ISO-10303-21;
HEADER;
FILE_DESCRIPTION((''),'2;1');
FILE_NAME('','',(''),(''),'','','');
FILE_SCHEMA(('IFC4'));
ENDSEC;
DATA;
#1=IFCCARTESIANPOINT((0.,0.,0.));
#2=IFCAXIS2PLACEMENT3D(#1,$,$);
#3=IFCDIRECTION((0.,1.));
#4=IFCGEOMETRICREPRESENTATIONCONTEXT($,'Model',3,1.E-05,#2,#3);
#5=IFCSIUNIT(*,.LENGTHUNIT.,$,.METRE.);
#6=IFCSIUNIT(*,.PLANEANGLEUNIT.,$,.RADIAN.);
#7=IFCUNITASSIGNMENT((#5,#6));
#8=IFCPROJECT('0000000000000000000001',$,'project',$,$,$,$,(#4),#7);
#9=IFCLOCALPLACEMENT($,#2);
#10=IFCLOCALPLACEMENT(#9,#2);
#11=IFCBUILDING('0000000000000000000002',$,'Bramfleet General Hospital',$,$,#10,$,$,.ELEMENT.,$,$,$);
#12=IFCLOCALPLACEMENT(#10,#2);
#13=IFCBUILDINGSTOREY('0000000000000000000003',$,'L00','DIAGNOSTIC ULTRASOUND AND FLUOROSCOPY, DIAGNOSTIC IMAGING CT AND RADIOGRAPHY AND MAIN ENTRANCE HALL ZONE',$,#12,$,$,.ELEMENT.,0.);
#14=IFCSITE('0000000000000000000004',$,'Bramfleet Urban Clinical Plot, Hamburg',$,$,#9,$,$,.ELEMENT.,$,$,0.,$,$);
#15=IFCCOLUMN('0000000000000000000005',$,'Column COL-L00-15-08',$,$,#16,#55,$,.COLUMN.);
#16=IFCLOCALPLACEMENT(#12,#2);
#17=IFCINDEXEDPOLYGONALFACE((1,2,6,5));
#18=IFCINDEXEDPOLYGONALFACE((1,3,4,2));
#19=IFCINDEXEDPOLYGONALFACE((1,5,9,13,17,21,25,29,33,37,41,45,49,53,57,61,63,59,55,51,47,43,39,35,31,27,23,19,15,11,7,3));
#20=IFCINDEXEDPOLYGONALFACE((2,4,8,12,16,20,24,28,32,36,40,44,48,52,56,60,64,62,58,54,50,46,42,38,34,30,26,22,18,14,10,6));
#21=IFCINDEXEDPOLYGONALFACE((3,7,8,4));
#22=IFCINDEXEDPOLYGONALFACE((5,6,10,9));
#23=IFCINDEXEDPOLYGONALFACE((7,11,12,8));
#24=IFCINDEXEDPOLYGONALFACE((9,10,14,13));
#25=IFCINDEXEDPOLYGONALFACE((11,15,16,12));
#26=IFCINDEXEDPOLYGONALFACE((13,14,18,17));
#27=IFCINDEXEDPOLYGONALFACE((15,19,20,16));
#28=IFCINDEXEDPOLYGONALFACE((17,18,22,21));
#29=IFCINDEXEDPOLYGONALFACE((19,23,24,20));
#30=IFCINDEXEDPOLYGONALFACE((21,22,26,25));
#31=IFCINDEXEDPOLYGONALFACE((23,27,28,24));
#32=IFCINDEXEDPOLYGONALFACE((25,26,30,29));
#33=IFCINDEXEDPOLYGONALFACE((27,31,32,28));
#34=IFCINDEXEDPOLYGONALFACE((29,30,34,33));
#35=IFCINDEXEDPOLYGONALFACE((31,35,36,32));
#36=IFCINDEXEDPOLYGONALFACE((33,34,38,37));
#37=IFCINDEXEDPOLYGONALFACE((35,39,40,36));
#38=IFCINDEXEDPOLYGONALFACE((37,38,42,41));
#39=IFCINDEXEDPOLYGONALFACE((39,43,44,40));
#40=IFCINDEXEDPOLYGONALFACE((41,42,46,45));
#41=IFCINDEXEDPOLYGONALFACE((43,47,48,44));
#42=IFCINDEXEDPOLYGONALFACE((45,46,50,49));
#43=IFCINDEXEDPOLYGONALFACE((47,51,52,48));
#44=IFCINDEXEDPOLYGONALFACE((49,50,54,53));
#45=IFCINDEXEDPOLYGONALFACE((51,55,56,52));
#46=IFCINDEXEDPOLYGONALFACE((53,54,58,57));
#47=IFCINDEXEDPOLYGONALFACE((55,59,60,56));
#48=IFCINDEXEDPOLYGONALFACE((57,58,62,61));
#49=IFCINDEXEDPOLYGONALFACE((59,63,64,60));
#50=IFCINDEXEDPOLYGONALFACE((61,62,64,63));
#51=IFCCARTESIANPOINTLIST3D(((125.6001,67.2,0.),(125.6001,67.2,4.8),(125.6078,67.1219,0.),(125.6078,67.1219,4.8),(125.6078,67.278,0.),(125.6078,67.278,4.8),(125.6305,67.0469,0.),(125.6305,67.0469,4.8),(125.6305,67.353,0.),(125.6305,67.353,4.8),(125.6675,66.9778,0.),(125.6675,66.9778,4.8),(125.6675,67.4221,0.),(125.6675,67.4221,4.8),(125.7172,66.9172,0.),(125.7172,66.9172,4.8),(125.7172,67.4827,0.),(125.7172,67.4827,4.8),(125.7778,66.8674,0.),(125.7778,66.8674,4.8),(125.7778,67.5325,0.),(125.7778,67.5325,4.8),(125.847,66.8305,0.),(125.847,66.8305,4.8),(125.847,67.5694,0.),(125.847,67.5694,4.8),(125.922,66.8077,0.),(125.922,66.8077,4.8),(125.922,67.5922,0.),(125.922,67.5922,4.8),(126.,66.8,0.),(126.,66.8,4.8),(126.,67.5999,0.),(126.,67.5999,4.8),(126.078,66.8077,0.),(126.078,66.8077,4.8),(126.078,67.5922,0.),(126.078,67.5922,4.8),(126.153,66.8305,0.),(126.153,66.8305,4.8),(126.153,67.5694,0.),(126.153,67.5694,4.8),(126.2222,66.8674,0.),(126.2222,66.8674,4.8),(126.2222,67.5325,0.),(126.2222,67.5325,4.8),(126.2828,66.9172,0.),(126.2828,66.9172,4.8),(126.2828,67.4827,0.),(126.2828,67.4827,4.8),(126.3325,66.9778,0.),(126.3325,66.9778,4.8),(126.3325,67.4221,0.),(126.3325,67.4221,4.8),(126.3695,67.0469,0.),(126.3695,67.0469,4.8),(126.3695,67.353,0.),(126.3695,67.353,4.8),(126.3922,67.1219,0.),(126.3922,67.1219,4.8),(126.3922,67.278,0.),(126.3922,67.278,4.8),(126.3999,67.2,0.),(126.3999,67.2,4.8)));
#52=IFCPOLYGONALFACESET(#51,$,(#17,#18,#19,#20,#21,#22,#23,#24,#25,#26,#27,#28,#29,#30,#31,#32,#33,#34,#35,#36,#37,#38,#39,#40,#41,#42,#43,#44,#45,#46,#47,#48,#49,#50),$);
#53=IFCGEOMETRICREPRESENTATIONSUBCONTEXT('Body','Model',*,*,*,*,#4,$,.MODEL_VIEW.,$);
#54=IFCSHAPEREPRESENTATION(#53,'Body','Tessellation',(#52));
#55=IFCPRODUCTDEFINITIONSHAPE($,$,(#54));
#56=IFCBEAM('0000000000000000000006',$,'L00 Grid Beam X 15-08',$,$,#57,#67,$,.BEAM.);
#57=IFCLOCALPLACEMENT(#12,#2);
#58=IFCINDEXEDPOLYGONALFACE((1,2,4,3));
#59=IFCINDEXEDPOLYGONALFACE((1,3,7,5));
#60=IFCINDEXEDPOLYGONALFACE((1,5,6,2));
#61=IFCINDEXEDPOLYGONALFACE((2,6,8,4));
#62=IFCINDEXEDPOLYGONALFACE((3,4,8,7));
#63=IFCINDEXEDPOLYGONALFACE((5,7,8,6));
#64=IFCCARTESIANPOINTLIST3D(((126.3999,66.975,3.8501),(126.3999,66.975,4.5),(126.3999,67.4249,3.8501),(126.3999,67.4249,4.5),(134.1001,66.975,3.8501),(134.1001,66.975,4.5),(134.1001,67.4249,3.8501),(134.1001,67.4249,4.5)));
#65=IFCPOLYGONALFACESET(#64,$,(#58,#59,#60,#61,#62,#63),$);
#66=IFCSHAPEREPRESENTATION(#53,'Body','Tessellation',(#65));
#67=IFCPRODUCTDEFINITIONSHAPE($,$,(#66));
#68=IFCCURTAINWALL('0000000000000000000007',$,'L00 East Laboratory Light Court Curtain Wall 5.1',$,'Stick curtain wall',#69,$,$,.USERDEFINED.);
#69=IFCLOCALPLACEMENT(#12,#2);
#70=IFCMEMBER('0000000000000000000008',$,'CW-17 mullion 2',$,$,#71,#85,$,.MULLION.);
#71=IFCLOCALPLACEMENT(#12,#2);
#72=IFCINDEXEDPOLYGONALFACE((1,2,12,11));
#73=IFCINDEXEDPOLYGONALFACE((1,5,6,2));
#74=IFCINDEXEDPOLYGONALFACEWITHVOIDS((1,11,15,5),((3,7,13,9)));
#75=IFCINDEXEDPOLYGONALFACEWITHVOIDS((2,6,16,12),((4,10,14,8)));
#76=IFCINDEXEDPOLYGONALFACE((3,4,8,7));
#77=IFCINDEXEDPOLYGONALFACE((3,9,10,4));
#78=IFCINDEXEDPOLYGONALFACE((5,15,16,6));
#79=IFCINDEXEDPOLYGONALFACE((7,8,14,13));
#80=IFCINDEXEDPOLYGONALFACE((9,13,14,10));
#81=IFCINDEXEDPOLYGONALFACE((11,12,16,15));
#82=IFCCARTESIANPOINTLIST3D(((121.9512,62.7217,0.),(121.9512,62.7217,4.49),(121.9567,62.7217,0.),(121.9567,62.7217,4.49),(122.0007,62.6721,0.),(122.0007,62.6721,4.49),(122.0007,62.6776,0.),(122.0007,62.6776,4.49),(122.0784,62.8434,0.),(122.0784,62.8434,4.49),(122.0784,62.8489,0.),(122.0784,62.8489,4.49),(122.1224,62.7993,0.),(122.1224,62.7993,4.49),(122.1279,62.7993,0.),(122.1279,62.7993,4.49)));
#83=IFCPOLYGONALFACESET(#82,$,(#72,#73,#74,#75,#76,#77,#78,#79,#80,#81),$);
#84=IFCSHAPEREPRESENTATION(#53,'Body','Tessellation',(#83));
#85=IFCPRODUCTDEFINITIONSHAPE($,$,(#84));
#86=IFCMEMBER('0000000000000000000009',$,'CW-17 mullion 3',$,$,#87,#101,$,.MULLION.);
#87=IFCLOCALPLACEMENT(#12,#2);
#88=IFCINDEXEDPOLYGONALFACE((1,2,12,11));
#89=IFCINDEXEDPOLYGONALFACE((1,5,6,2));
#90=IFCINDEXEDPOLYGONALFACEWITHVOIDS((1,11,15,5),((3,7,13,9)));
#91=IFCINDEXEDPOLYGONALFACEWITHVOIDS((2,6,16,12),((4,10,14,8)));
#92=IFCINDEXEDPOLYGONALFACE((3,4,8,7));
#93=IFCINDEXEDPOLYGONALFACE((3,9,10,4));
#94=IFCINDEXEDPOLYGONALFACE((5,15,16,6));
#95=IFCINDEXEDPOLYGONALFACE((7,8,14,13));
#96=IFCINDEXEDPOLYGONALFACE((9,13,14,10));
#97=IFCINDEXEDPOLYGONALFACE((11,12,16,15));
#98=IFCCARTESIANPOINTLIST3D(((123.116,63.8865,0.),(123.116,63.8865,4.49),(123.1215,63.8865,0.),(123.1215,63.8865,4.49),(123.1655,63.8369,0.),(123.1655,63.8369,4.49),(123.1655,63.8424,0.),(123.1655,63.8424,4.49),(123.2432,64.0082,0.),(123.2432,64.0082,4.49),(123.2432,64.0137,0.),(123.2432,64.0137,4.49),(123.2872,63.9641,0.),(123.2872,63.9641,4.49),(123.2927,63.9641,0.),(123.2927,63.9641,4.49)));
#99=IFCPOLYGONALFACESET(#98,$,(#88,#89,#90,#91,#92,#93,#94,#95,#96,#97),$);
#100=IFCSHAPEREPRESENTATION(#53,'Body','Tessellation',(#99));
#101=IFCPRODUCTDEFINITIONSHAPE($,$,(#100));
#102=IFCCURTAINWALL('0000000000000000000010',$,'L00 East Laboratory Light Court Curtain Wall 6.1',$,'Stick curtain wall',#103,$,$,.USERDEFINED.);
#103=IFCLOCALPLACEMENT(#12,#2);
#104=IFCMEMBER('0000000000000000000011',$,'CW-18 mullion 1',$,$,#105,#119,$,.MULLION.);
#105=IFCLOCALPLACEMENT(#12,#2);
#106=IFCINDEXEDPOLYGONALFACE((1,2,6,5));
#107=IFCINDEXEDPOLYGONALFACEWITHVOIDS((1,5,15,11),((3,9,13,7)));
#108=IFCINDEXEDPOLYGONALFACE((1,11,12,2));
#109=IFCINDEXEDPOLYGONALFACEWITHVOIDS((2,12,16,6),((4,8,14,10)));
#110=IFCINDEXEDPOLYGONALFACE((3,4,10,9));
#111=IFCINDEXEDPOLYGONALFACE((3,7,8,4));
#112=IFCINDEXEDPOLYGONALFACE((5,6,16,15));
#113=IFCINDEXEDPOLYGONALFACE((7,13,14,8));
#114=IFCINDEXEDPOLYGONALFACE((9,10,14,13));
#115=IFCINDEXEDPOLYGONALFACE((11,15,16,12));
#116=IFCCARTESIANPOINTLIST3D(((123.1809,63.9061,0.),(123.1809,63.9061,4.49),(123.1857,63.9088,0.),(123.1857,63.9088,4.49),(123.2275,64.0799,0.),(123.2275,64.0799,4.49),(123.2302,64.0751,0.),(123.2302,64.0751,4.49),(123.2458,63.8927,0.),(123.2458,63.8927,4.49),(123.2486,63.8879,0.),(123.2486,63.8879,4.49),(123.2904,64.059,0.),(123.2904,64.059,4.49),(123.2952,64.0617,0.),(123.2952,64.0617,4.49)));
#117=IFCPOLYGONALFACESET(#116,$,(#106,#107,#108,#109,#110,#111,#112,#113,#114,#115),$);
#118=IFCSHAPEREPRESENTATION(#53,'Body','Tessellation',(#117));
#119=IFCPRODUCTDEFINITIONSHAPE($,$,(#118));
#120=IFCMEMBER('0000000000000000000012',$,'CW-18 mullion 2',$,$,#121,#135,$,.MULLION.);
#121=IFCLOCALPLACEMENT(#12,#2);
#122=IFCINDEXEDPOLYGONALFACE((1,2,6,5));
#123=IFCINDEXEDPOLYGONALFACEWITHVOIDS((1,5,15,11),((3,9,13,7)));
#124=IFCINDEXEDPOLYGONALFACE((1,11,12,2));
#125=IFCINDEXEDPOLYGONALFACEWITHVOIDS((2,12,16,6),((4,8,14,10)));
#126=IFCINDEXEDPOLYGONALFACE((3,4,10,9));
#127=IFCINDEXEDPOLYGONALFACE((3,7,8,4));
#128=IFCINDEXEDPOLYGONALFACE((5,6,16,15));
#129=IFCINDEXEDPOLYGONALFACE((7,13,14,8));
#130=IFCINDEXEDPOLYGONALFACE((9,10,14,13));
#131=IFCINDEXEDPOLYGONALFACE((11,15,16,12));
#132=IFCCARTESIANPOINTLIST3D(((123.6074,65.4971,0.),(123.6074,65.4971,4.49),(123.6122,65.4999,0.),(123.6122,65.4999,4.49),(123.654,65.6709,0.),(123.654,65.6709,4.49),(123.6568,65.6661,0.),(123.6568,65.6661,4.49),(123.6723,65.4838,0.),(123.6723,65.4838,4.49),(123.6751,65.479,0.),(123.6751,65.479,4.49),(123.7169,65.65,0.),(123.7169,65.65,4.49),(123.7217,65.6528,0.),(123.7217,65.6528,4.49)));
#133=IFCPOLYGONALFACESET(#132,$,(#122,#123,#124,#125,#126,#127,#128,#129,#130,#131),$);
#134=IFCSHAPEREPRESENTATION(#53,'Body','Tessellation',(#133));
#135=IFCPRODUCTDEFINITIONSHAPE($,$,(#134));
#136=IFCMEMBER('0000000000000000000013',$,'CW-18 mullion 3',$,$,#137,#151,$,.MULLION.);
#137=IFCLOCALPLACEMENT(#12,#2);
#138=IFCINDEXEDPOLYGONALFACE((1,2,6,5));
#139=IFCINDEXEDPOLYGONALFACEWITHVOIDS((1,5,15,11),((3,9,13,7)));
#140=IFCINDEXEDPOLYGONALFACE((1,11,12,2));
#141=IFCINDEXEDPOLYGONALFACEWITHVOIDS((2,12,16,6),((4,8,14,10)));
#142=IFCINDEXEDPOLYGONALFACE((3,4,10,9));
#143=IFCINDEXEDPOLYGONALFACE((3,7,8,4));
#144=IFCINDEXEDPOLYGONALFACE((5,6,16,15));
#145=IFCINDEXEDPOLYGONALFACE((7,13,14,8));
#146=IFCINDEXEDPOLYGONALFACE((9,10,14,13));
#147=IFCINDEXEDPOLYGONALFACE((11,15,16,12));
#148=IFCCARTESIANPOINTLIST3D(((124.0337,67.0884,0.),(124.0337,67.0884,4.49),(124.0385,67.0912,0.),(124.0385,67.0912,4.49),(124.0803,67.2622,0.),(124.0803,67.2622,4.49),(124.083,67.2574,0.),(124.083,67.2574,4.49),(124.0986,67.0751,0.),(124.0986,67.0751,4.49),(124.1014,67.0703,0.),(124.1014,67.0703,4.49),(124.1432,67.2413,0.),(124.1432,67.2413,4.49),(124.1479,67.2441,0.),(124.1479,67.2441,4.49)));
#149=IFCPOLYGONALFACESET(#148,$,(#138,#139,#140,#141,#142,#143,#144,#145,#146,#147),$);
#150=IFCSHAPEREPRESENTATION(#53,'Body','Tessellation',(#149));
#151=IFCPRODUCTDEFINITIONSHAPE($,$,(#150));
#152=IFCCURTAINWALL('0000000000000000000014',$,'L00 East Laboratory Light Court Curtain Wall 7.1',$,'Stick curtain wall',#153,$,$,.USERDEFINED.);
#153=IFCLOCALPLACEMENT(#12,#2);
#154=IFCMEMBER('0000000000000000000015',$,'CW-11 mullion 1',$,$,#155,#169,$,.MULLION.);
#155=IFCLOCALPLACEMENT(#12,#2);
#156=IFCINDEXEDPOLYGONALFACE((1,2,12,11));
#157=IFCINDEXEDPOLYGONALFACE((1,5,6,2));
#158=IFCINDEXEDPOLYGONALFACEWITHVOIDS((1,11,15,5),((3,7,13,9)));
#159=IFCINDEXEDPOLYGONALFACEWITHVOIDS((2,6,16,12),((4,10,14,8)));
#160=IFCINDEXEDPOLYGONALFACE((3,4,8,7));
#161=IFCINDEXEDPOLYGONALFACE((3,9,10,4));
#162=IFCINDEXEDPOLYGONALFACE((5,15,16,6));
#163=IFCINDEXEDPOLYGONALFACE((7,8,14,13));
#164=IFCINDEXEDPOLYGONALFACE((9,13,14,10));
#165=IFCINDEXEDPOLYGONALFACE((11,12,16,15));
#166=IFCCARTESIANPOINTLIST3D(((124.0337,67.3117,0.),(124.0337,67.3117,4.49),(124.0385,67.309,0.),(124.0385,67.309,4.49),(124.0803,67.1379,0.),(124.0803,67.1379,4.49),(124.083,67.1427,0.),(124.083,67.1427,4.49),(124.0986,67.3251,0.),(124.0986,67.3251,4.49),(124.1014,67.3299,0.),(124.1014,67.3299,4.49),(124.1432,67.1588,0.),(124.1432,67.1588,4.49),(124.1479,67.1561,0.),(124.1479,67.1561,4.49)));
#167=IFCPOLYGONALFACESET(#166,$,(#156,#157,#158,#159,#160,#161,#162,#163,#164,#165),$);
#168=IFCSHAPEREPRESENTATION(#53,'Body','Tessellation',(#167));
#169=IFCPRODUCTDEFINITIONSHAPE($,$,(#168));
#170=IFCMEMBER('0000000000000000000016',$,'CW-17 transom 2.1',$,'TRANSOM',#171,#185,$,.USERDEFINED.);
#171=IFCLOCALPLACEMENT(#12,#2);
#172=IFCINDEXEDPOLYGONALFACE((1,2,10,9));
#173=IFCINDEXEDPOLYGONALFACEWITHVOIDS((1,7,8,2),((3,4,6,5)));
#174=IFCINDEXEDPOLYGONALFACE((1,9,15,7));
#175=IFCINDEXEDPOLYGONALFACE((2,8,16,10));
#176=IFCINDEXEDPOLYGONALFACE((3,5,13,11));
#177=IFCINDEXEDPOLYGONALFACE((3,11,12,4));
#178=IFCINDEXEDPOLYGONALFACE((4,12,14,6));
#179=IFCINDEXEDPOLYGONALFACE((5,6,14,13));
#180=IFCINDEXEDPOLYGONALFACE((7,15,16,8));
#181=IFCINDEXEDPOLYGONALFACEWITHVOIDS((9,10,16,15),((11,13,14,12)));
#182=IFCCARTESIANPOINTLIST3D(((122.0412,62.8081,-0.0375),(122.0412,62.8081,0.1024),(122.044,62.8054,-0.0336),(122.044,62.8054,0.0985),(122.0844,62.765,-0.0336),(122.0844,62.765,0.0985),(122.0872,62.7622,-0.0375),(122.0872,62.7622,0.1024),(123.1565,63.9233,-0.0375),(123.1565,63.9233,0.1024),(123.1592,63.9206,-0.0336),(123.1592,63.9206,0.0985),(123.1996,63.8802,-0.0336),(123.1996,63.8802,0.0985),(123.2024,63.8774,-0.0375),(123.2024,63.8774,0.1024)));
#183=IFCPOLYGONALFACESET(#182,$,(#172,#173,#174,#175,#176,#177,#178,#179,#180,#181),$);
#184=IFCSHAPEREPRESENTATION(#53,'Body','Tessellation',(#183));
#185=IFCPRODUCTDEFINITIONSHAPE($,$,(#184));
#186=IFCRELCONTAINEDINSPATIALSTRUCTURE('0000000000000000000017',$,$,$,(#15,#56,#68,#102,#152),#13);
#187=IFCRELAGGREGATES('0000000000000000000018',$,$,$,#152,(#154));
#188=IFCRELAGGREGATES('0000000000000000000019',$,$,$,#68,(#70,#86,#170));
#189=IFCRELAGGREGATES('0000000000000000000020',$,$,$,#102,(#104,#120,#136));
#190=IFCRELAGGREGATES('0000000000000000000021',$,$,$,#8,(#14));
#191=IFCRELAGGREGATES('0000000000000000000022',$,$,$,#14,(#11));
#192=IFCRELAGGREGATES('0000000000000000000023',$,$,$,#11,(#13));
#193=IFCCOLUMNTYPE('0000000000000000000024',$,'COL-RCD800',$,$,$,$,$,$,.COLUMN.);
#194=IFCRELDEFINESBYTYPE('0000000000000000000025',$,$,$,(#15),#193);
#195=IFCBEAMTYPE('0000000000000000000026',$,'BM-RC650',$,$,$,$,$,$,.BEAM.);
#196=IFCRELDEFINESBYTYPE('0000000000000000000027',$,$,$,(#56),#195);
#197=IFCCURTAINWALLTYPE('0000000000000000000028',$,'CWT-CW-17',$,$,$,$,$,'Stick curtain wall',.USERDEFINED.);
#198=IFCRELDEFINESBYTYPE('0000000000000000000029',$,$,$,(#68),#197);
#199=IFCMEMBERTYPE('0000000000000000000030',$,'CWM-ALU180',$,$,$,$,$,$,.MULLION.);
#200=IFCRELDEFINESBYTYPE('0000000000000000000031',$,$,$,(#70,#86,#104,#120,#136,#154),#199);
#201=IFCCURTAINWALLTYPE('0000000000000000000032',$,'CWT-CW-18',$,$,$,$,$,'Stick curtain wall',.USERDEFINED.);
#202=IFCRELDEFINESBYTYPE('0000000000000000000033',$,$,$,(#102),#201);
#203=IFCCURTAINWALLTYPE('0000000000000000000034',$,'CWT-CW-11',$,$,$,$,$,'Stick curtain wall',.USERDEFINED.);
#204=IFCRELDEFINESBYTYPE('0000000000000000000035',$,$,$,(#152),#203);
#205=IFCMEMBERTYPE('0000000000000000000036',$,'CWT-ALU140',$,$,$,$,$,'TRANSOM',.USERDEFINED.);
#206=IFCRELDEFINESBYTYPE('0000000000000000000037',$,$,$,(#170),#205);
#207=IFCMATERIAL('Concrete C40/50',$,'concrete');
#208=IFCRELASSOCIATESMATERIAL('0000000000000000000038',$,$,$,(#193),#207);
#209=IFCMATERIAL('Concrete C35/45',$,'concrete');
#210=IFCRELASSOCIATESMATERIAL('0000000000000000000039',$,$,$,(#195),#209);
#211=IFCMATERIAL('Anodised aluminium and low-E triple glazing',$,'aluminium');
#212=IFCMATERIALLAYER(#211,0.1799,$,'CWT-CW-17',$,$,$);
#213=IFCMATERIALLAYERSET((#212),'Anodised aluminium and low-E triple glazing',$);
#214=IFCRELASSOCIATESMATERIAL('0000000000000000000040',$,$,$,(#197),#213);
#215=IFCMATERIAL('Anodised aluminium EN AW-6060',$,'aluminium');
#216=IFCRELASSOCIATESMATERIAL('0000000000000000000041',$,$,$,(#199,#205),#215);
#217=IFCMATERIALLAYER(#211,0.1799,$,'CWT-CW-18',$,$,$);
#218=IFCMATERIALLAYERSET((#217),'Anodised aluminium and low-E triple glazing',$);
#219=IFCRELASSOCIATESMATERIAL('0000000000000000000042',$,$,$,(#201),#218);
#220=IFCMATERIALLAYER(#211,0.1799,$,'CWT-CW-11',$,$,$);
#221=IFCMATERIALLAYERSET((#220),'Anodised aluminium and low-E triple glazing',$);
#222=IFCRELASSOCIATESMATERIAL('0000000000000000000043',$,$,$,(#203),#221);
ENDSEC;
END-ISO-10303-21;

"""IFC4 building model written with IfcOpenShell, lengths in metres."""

from ifc_helpers import new_model, si_unit, direction, frame, origin, origin_2d, place, context, subcontext, project, spatial, rectangle, hollow_rectangle, circle, extrude, material, layer, layer_set, material_profile, profile_set, type_object, element, aggregate, save


model = new_model("IFC4")

# Units and contexts
model_context = context("Model", 3, precision=1e-05, world=origin(), true_north=direction((0.0, 1.0)))
body_context = subcontext(model_context, "Body", "Model", "MODEL_VIEW")
ifc_project = project(units=[si_unit("LENGTHUNIT", "METRE"), si_unit("PLANEANGLEUNIT", "RADIAN")], contexts=[model_context])

# Site, building, storey
site_placement = place(None, origin())
site = spatial("IfcSite", under=ifc_project, at=site_placement, Name="Bramfleet Urban Clinical Plot, Hamburg", CompositionType="ELEMENT", RefElevation=0.0)
building_placement = place(site_placement, origin())
building = spatial("IfcBuilding", under=site, at=building_placement, Name="Bramfleet General Hospital", CompositionType="ELEMENT")
storey_placement = place(building_placement, origin())
storey = spatial("IfcBuildingStorey", under=building, at=storey_placement, Name="L00", Description="DIAGNOSTIC ULTRASOUND AND FLUOROSCOPY, DIAGNOSTIC IMAGING CT AND RADIOGRAPHY AND MAIN ENTRANCE HALL ZONE", CompositionType="ELEMENT", Elevation=0.0)

# Column
ifc_material_1 = material(Name="Concrete C40/50", Category="concrete")
ifc_material_profile_1 = material_profile(ifc_material_1, circle(Radius=0.3999, at=origin_2d()), Name="RC ROUND D800")
ifc_profile_set_1 = profile_set([ifc_material_profile_1], Name="Concrete C40/50")
column_type = type_object("IfcColumnType", Name="COL-RCD800", PredefinedType="COLUMN", material=ifc_profile_set_1)
column_placement = place(storey_placement, frame((126.0, 67.2, 0.0), z_axis=(0.0, 0.0, 1.0), x_axis=(1.0, 0.0, 0.0)))
element("IfcColumn", 1, at=column_placement, inside=storey, type_object=column_type, Name="Column COL-L00-15-08", PredefinedType="COLUMN", context=body_context, shape_type="SweptSolid", body=[
    extrude(circle(Radius=0.3999, at=origin_2d()), origin(), (0.0, 0.0, 1.0), 4.8),
])

# Beam
ifc_material_2 = material(Name="Concrete C35/45", Category="concrete")
ifc_material_profile_2 = material_profile(ifc_material_2, rectangle(XDim=0.45, YDim=0.6499, at=origin_2d()), Name="RC BM 650x450")
ifc_profile_set_2 = profile_set([ifc_material_profile_2], Name="Concrete C35/45")
beam_type = type_object("IfcBeamType", Name="BM-RC650", PredefinedType="BEAM", material=ifc_profile_set_2)
beam_placement = place(storey_placement, frame((126.3999, 67.2, 4.175), z_axis=(1.0, 0.0, 0.0), x_axis=(0.0, 1.0, 0.0)))
element("IfcBeam", 2, at=beam_placement, inside=storey, type_object=beam_type, Name="L00 Grid Beam X 15-08", PredefinedType="BEAM", context=body_context, shape_type="SweptSolid", body=[
    extrude(rectangle(XDim=0.45, YDim=0.6499, at=origin_2d()), origin(), (0.0, 0.0, 1.0), 7.7002),
])

# Curtain walls, members
ifc_material_3 = material(Name="Anodised aluminium and low-E triple glazing", Category="aluminium")
ifc_layer_1 = layer(ifc_material_3, 0.1799, Name="CWT-CW-17")
ifc_layer_set_1 = layer_set([ifc_layer_1], Name="Anodised aluminium and low-E triple glazing")
curtain_wall_type_1 = type_object("IfcCurtainWallType", Name="CWT-CW-17", ElementType="Stick curtain wall", PredefinedType="USERDEFINED", material=ifc_layer_set_1)
curtain_wall_1_placement = place(storey_placement, origin())
curtain_wall_1 = element("IfcCurtainWall", 3, at=curtain_wall_1_placement, inside=storey, type_object=curtain_wall_type_1, Name="L00 East Laboratory Light Court Curtain Wall 5.1", ObjectType="Stick curtain wall", PredefinedType="USERDEFINED")
ifc_material_4 = material(Name="Anodised aluminium EN AW-6060", Category="aluminium")
ifc_material_profile_3 = material_profile(ifc_material_4, hollow_rectangle(XDim=0.0701, YDim=0.1799, WallThickness=0.0039, at=origin_2d()), Name="ALU 180x70x4.0")
ifc_profile_set_3 = profile_set([ifc_material_profile_3], Name="Anodised aluminium EN AW-6060")
member_type_1 = type_object("IfcMemberType", Name="CWM-ALU180", PredefinedType="MULLION", material=ifc_profile_set_3)
member_1_placement = place(storey_placement, frame((122.0396, 62.7605, 0.0), z_axis=(0.0, 0.0, 1.0), x_axis=(-0.707107, 0.707107, 0.0)))
member_1 = element("IfcMember", 4, at=member_1_placement, type_object=member_type_1, Name="CW-17 mullion 2", PredefinedType="MULLION", context=body_context, shape_type="SweptSolid", body=[
    extrude(hollow_rectangle(XDim=0.0701, YDim=0.1799, WallThickness=0.0039, at=origin_2d()), origin(), (0.0, 0.0, 1.0), 4.49),
])
member_2_placement = place(storey_placement, frame((123.2043, 63.9253, 0.0), z_axis=(0.0, 0.0, 1.0), x_axis=(-0.707107, 0.707107, 0.0)))
member_2 = element("IfcMember", 5, at=member_2_placement, type_object=member_type_1, Name="CW-17 mullion 3", PredefinedType="MULLION", context=body_context, shape_type="SweptSolid", body=[
    extrude(hollow_rectangle(XDim=0.0701, YDim=0.1799, WallThickness=0.0039, at=origin_2d()), origin(), (0.0, 0.0, 1.0), 4.49),
])
ifc_layer_2 = layer(ifc_material_3, 0.1799, Name="CWT-CW-18")
ifc_layer_set_2 = layer_set([ifc_layer_2], Name="Anodised aluminium and low-E triple glazing")
curtain_wall_type_2 = type_object("IfcCurtainWallType", Name="CWT-CW-18", ElementType="Stick curtain wall", PredefinedType="USERDEFINED", material=ifc_layer_set_2)
curtain_wall_2_placement = place(storey_placement, origin())
curtain_wall_2 = element("IfcCurtainWall", 6, at=curtain_wall_2_placement, inside=storey, type_object=curtain_wall_type_2, Name="L00 East Laboratory Light Court Curtain Wall 6.1", ObjectType="Stick curtain wall", PredefinedType="USERDEFINED")
member_3_placement = place(storey_placement, frame((123.238, 63.9839, 0.0), z_axis=(0.0, 0.0, 1.0), x_axis=(-0.965914, 0.258865, 0.0)))
member_3 = element("IfcMember", 7, at=member_3_placement, type_object=member_type_1, Name="CW-18 mullion 1", PredefinedType="MULLION", context=body_context, shape_type="SweptSolid", body=[
    extrude(hollow_rectangle(XDim=0.0701, YDim=0.1799, WallThickness=0.0039, at=origin_2d()), origin(), (0.0, 0.0, 1.0), 4.49),
])
member_4_placement = place(storey_placement, frame((123.6646, 65.575, 0.0), z_axis=(0.0, 0.0, 1.0), x_axis=(-0.965914, 0.258865, 0.0)))
member_4 = element("IfcMember", 8, at=member_4_placement, type_object=member_type_1, Name="CW-18 mullion 2", PredefinedType="MULLION", context=body_context, shape_type="SweptSolid", body=[
    extrude(hollow_rectangle(XDim=0.0701, YDim=0.1799, WallThickness=0.0039, at=origin_2d()), origin(), (0.0, 0.0, 1.0), 4.49),
])
member_5_placement = place(storey_placement, frame((124.0908, 67.1663, 0.0), z_axis=(0.0, 0.0, 1.0), x_axis=(-0.965914, 0.258865, 0.0)))
member_5 = element("IfcMember", 9, at=member_5_placement, type_object=member_type_1, Name="CW-18 mullion 3", PredefinedType="MULLION", context=body_context, shape_type="SweptSolid", body=[
    extrude(hollow_rectangle(XDim=0.0701, YDim=0.1799, WallThickness=0.0039, at=origin_2d()), origin(), (0.0, 0.0, 1.0), 4.49),
])

# Curtain wall, member
ifc_layer_3 = layer(ifc_material_3, 0.1799, Name="CWT-CW-11")
ifc_layer_set_3 = layer_set([ifc_layer_3], Name="Anodised aluminium and low-E triple glazing")
curtain_wall_type_3 = type_object("IfcCurtainWallType", Name="CWT-CW-11", ElementType="Stick curtain wall", PredefinedType="USERDEFINED", material=ifc_layer_set_3)
curtain_wall_3_placement = place(storey_placement, origin())
curtain_wall_3 = element("IfcCurtainWall", 10, at=curtain_wall_3_placement, inside=storey, type_object=curtain_wall_type_3, Name="L00 East Laboratory Light Court Curtain Wall 7.1", ObjectType="Stick curtain wall", PredefinedType="USERDEFINED")
member_6_placement = place(storey_placement, frame((124.0908, 67.2339, 0.0), z_axis=(0.0, 0.0, 1.0), x_axis=(-0.965914, -0.258865, 0.0)))
member_6 = element("IfcMember", 11, at=member_6_placement, type_object=member_type_1, Name="CW-11 mullion 1", PredefinedType="MULLION", context=body_context, shape_type="SweptSolid", body=[
    extrude(hollow_rectangle(XDim=0.0701, YDim=0.1799, WallThickness=0.0039, at=origin_2d()), origin(), (0.0, 0.0, 1.0), 4.49),
])
aggregate(curtain_wall_3, [member_6])

# Member
ifc_material_profile_4 = material_profile(ifc_material_4, hollow_rectangle(XDim=0.0649, YDim=0.1399, WallThickness=0.0039, at=origin_2d()), Name="ALU 140x65x4.0")
ifc_profile_set_4 = profile_set([ifc_material_profile_4], Name="Anodised aluminium EN AW-6060")
member_type_2 = type_object("IfcMemberType", Name="CWT-ALU140", ElementType="TRANSOM", PredefinedType="USERDEFINED", material=ifc_profile_set_4)
member_7_placement = place(storey_placement, frame((122.0642, 62.7852, 0.0325), z_axis=(0.707107, 0.707107, 0.0), x_axis=(-0.707107, 0.707107, 0.0)))
member_7 = element("IfcMember", 12, at=member_7_placement, type_object=member_type_2, Name="CW-17 transom 2.1", ObjectType="TRANSOM", PredefinedType="USERDEFINED", context=body_context, shape_type="SweptSolid", body=[
    extrude(hollow_rectangle(XDim=0.0649, YDim=0.1399, WallThickness=0.0039, at=origin_2d()), origin(), (0.0, 0.0, 1.0), 1.5771),
])

aggregate(curtain_wall_1, [member_1, member_2, member_7])
aggregate(curtain_wall_2, [member_3, member_4, member_5])

save(model, "model.ifc")
